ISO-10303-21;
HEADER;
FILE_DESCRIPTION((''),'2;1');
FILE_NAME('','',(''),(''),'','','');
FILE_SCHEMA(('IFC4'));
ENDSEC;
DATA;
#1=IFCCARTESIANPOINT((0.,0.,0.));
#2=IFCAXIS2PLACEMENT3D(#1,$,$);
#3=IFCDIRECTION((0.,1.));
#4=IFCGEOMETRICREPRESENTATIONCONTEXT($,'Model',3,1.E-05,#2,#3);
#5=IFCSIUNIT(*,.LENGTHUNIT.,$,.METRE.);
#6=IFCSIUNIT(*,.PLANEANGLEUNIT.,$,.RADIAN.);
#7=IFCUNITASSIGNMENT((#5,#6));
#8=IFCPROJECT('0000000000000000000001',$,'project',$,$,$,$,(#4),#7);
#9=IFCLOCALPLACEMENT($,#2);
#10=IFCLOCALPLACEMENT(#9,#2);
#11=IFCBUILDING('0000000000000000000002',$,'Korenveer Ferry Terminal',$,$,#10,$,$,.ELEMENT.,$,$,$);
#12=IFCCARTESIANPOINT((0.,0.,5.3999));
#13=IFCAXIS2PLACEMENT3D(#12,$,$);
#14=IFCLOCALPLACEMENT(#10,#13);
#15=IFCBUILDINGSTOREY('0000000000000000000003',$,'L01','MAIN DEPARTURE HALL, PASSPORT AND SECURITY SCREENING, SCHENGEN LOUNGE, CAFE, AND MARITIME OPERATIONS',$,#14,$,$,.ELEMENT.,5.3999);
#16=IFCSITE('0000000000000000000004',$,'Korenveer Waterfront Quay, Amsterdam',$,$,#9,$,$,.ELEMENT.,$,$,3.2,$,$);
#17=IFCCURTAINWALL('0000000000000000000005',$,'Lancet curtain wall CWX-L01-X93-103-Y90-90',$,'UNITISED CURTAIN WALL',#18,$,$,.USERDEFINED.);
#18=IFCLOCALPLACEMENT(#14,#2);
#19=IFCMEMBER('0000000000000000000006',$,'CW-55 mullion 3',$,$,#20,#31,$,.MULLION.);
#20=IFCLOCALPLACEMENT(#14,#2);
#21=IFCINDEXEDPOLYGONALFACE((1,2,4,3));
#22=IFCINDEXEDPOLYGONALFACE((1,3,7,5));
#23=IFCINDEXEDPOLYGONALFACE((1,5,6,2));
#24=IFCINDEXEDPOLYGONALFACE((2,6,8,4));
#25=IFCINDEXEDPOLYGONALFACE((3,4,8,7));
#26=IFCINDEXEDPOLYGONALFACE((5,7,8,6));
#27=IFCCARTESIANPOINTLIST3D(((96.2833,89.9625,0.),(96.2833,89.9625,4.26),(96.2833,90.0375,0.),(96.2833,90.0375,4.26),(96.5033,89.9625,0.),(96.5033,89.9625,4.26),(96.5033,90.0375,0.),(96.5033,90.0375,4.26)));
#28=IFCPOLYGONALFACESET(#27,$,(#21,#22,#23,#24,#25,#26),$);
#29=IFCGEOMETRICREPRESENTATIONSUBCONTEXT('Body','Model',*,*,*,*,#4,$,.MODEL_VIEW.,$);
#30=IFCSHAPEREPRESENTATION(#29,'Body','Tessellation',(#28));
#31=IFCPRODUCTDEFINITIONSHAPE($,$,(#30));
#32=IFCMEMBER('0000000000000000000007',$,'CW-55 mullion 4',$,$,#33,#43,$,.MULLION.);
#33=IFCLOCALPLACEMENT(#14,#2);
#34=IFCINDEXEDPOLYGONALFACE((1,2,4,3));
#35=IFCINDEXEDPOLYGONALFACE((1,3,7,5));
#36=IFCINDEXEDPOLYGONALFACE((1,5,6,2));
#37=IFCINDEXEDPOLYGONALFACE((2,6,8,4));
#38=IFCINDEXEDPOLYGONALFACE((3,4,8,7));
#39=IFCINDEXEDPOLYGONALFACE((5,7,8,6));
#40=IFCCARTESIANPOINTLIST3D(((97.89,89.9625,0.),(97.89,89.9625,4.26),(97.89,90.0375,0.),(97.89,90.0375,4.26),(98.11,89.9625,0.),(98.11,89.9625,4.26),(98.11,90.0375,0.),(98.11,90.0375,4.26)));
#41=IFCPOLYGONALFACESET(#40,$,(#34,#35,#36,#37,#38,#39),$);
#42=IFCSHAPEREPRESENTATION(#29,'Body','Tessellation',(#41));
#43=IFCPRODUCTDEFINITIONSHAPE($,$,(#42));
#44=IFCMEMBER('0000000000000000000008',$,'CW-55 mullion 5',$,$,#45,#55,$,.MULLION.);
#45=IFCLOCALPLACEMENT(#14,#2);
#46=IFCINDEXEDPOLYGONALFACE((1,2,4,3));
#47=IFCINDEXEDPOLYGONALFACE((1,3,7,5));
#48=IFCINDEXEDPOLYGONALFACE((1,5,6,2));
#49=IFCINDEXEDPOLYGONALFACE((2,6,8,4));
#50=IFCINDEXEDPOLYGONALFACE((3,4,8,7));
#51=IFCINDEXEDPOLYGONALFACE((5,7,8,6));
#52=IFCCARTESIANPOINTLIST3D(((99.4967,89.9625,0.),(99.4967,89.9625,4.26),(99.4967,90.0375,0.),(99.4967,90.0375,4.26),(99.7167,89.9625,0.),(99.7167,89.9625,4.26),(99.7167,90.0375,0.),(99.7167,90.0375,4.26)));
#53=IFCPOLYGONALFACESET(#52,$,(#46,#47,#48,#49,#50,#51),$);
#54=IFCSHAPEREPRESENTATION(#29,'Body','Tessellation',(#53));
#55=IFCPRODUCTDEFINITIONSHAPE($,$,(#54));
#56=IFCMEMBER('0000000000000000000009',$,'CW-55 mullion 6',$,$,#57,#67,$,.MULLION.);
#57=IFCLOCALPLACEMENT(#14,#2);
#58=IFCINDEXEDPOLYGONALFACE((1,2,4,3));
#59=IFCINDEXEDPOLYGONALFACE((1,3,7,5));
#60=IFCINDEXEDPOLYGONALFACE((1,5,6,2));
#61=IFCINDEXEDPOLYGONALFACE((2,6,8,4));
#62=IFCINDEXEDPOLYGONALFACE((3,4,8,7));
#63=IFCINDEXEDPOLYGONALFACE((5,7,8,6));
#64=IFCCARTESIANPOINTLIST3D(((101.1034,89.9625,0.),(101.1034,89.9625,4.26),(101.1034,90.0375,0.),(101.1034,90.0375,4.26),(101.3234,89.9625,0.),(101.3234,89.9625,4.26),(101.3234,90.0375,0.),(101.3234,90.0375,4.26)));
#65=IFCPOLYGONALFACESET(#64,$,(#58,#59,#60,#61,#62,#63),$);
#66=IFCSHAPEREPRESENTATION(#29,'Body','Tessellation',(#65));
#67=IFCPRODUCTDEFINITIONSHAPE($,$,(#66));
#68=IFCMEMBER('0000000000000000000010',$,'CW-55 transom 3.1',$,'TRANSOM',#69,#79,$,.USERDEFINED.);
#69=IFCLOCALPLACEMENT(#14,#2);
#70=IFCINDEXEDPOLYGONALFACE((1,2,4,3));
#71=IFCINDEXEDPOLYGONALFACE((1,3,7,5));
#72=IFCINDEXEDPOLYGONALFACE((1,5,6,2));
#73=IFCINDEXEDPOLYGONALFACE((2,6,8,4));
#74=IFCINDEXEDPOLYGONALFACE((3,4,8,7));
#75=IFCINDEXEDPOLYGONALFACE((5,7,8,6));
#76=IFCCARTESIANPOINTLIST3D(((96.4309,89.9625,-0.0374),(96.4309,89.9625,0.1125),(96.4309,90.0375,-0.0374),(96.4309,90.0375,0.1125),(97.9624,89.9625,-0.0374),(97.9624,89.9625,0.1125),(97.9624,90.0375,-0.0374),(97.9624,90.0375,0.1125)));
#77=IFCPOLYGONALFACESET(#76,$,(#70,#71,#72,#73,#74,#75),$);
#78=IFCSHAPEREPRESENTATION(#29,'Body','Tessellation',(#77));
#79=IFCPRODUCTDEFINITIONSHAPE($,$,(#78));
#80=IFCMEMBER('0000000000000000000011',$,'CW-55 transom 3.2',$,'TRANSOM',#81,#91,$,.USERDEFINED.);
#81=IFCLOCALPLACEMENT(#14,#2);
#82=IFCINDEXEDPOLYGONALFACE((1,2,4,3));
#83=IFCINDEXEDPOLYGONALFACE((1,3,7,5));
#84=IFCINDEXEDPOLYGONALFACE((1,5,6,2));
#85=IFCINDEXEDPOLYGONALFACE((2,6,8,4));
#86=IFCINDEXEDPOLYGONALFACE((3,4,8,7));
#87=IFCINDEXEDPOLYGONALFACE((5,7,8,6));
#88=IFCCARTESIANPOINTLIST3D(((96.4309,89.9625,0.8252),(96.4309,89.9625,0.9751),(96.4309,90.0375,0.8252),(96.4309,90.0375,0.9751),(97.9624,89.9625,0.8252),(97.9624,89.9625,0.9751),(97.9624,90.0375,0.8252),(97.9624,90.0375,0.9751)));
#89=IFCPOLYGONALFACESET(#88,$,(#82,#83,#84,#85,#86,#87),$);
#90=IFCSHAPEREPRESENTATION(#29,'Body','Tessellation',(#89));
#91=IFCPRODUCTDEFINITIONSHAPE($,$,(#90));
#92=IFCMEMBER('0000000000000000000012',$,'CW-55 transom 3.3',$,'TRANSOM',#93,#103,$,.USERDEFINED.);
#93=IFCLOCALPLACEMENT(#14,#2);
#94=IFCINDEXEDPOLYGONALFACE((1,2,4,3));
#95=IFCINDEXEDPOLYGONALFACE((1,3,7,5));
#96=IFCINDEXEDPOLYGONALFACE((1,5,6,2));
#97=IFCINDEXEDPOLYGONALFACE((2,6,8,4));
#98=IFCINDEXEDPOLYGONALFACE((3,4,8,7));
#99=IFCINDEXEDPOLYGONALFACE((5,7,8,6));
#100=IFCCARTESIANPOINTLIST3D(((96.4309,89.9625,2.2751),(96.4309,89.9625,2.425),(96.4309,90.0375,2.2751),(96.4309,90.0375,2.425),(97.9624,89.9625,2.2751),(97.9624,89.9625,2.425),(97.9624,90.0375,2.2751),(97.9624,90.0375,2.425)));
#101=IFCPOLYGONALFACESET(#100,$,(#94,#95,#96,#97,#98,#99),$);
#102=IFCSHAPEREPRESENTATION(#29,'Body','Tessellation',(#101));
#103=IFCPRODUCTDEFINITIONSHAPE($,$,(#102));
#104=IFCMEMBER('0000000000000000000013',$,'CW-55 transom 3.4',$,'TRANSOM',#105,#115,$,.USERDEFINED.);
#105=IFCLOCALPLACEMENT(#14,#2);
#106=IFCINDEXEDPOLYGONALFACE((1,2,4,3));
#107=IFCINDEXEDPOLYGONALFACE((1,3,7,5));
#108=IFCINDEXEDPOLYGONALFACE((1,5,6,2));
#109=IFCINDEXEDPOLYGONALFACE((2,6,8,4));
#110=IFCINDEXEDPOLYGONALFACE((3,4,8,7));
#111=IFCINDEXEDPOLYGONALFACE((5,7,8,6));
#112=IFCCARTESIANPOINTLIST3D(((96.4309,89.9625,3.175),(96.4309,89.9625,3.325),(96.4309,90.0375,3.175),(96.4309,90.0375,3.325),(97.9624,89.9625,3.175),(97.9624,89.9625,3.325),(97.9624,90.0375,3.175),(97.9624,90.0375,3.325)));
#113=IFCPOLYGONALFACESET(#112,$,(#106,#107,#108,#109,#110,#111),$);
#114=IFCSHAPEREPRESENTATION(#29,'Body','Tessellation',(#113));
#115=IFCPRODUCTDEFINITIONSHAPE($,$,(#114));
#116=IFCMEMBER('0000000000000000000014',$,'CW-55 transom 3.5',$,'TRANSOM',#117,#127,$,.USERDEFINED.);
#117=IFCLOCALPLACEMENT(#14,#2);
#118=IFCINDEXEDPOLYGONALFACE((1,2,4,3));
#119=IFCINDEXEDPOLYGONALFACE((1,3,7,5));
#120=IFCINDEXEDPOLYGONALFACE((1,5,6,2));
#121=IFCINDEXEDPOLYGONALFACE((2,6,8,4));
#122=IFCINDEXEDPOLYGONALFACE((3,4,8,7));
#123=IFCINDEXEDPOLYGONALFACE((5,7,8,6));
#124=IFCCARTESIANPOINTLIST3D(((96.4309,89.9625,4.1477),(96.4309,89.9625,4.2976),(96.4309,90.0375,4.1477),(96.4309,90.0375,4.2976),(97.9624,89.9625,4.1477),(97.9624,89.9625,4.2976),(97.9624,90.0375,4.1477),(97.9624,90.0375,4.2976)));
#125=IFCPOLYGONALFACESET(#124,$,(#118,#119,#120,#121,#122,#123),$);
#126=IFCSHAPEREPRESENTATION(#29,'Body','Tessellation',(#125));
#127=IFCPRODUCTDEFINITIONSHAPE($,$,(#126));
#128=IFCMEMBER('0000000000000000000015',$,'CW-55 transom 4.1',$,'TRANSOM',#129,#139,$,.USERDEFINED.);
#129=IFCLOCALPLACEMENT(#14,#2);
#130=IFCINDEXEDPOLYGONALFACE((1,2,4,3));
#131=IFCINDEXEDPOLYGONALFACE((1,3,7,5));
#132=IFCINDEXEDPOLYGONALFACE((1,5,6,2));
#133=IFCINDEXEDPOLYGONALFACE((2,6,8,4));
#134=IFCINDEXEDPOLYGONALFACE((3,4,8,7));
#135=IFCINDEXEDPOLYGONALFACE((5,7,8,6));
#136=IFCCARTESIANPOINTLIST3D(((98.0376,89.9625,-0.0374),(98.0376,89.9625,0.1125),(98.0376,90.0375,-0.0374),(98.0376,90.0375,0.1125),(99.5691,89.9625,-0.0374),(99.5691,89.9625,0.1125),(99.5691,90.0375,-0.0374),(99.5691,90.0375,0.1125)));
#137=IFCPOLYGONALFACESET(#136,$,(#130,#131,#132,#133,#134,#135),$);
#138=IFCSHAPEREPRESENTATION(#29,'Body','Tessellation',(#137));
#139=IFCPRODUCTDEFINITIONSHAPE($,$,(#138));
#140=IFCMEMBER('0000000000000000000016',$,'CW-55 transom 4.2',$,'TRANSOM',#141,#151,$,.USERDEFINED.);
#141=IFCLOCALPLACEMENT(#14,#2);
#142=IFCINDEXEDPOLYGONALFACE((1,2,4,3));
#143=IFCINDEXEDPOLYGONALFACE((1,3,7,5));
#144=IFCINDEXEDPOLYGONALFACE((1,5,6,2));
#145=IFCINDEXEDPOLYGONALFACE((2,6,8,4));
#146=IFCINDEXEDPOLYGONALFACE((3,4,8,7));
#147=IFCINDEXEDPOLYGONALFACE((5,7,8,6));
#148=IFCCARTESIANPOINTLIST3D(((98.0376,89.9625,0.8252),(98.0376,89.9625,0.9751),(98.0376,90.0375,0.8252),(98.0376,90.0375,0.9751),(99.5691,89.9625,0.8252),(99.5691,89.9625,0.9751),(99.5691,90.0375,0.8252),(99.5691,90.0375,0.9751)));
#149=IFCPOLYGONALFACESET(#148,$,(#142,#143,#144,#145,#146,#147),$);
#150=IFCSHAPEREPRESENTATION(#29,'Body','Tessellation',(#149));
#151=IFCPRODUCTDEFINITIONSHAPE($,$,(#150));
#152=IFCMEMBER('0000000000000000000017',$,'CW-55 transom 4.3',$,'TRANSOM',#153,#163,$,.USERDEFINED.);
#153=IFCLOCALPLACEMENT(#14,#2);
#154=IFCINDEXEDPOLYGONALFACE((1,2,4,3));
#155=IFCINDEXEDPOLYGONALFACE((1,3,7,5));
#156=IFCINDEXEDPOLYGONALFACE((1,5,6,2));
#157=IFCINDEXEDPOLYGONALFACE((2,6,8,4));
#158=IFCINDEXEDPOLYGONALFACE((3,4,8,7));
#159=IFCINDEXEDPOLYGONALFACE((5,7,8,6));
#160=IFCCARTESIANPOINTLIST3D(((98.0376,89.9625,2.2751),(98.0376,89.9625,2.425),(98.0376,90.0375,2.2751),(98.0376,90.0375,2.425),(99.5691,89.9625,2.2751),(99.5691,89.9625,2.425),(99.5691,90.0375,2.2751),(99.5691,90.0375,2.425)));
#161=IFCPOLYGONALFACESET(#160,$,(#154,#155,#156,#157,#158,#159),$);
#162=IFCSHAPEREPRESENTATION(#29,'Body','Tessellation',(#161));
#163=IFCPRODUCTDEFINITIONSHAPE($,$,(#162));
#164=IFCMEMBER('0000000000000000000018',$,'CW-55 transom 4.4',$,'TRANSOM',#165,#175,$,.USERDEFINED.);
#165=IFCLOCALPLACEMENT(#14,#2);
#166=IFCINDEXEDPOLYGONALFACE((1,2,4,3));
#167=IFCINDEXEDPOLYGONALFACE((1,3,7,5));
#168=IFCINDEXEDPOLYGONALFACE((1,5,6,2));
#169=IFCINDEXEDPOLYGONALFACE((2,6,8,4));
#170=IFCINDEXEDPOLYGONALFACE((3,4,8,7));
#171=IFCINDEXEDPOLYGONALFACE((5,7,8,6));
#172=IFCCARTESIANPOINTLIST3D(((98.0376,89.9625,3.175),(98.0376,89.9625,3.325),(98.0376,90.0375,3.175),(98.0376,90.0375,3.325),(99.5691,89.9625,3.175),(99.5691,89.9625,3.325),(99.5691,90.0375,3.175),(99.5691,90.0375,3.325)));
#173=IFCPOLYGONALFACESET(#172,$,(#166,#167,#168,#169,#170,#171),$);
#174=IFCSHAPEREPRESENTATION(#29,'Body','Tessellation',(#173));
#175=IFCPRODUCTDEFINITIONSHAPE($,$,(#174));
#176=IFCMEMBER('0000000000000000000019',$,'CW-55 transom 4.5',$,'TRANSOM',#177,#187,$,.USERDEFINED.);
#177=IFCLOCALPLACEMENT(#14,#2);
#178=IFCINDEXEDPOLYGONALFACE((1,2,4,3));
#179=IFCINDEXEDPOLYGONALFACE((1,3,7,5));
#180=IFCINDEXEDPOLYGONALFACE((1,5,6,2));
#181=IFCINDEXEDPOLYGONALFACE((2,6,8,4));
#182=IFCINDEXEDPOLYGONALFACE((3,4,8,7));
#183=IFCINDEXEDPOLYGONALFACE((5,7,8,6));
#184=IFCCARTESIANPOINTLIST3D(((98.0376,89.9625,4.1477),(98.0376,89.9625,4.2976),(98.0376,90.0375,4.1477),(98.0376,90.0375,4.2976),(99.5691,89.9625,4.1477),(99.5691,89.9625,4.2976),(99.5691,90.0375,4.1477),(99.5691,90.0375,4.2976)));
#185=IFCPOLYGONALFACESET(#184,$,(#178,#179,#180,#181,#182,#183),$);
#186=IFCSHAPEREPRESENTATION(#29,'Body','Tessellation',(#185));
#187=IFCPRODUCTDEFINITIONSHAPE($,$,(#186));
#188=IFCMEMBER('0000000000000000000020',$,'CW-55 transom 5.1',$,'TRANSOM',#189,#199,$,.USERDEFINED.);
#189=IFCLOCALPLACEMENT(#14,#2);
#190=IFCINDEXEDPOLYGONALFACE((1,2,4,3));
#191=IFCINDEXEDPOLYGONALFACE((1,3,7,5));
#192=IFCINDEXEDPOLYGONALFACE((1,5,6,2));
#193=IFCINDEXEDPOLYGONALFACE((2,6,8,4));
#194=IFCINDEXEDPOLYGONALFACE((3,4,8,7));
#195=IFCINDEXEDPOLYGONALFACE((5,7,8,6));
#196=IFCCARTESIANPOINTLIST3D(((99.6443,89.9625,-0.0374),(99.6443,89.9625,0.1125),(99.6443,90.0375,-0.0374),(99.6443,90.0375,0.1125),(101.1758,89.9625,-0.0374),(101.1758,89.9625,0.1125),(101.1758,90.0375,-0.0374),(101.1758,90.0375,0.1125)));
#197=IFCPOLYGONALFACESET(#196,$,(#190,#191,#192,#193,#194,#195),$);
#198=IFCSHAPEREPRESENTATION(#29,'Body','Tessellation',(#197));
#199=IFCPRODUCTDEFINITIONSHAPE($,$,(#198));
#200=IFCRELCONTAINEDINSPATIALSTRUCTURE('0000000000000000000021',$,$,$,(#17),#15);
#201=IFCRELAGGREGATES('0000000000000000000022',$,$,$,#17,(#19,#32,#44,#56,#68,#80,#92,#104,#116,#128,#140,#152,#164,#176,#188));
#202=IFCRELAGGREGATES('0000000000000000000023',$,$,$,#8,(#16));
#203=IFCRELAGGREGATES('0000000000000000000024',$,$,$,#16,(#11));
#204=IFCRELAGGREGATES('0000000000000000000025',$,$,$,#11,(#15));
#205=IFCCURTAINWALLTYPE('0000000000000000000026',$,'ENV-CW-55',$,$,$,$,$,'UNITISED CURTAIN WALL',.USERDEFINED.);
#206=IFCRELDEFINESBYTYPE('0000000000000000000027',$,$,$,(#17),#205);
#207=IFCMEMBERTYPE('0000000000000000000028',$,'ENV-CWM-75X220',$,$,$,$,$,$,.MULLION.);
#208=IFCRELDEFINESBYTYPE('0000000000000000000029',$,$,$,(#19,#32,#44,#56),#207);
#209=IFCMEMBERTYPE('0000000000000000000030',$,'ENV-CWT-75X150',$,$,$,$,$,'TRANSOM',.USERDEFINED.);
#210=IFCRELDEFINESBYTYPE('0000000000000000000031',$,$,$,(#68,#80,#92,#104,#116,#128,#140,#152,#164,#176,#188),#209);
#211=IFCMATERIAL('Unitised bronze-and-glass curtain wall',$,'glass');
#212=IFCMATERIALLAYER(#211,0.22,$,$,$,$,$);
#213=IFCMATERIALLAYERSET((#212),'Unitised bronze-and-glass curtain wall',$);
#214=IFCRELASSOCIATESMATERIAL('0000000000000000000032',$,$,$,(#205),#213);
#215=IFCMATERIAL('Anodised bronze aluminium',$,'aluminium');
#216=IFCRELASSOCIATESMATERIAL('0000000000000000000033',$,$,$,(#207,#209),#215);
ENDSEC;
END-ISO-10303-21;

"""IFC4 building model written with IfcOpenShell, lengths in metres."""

from ifc_helpers import new_model, si_unit, direction, frame, origin, origin_2d, place, context, subcontext, project, spatial, rectangle, extrude, material, layer, layer_set, material_profile, profile_set, type_object, element, aggregate, save


model = new_model("IFC4")

# Units and contexts
model_context = context("Model", 3, precision=1e-05, world=origin(), true_north=direction((0.0, 1.0)))
body_context = subcontext(model_context, "Body", "Model", "MODEL_VIEW")
ifc_project = project(units=[si_unit("LENGTHUNIT", "METRE"), si_unit("PLANEANGLEUNIT", "RADIAN")], contexts=[model_context])

# Site, building, storey
site_placement = place(None, origin())
site = spatial("IfcSite", under=ifc_project, at=site_placement, Name="Korenveer Waterfront Quay, Amsterdam", CompositionType="ELEMENT", RefElevation=3.2)
building_placement = place(site_placement, origin())
building = spatial("IfcBuilding", under=site, at=building_placement, Name="Korenveer Ferry Terminal", CompositionType="ELEMENT")
storey_placement = place(building_placement, frame((0.0, 0.0, 5.3999)))
storey = spatial("IfcBuildingStorey", under=building, at=storey_placement, Name="L01", Description="MAIN DEPARTURE HALL, PASSPORT AND SECURITY SCREENING, SCHENGEN LOUNGE, CAFE, AND MARITIME OPERATIONS", CompositionType="ELEMENT", Elevation=5.3999)

# Curtain wall, members
ifc_material_1 = material(Name="Unitised bronze-and-glass curtain wall", Category="glass")
ifc_layer_1 = layer(ifc_material_1, 0.22)
ifc_layer_set_1 = layer_set([ifc_layer_1], Name="Unitised bronze-and-glass curtain wall")
curtain_wall_type = type_object("IfcCurtainWallType", Name="ENV-CW-55", ElementType="UNITISED CURTAIN WALL", PredefinedType="USERDEFINED", material=ifc_layer_set_1)
curtain_wall_placement = place(storey_placement, frame((93.1799, 90.0, 0.0)))
curtain_wall = element("IfcCurtainWall", 1, at=curtain_wall_placement, inside=storey, type_object=curtain_wall_type, Name="Lancet curtain wall CWX-L01-X93-103-Y90-90", ObjectType="UNITISED CURTAIN WALL", PredefinedType="USERDEFINED")
ifc_material_2 = material(Name="Anodised bronze aluminium", Category="aluminium")
ifc_material_profile_1 = material_profile(ifc_material_2, rectangle(XDim=0.075, YDim=0.22, at=origin_2d()), Name="ALU 75x220")
ifc_profile_set_1 = profile_set([ifc_material_profile_1], Name="Anodised bronze aluminium")
member_type_1 = type_object("IfcMemberType", Name="ENV-CWM-75X220", PredefinedType="MULLION", material=ifc_profile_set_1)
member_1_placement = place(storey_placement, frame((96.3933, 90.0, 0.0), z_axis=(0.0, 0.0, 1.0), x_axis=(0.0, 1.0, 0.0)))
member_1 = element("IfcMember", 2, at=member_1_placement, type_object=member_type_1, Name="CW-55 mullion 3", PredefinedType="MULLION", context=body_context, shape_type="SweptSolid", body=[
    extrude(rectangle(XDim=0.075, YDim=0.22, at=origin_2d()), origin(), (0.0, 0.0, 1.0), 4.26),
])
member_2_placement = place(storey_placement, frame((98.0, 90.0, 0.0), z_axis=(0.0, 0.0, 1.0), x_axis=(0.0, 1.0, 0.0)))
member_2 = element("IfcMember", 3, at=member_2_placement, type_object=member_type_1, Name="CW-55 mullion 4", PredefinedType="MULLION", context=body_context, shape_type="SweptSolid", body=[
    extrude(rectangle(XDim=0.075, YDim=0.22, at=origin_2d()), origin(), (0.0, 0.0, 1.0), 4.26),
])
member_3_placement = place(storey_placement, frame((99.6067, 90.0, 0.0), z_axis=(0.0, 0.0, 1.0), x_axis=(0.0, 1.0, 0.0)))
member_3 = element("IfcMember", 4, at=member_3_placement, type_object=member_type_1, Name="CW-55 mullion 5", PredefinedType="MULLION", context=body_context, shape_type="SweptSolid", body=[
    extrude(rectangle(XDim=0.075, YDim=0.22, at=origin_2d()), origin(), (0.0, 0.0, 1.0), 4.26),
])
member_4_placement = place(storey_placement, frame((101.2134, 90.0, 0.0), z_axis=(0.0, 0.0, 1.0), x_axis=(0.0, 1.0, 0.0)))
member_4 = element("IfcMember", 5, at=member_4_placement, type_object=member_type_1, Name="CW-55 mullion 6", PredefinedType="MULLION", context=body_context, shape_type="SweptSolid", body=[
    extrude(rectangle(XDim=0.075, YDim=0.22, at=origin_2d()), origin(), (0.0, 0.0, 1.0), 4.26),
])
ifc_material_profile_2 = material_profile(ifc_material_2, rectangle(XDim=0.075, YDim=0.1499, at=origin_2d()), Name="ALU 75x150")
ifc_profile_set_2 = profile_set([ifc_material_profile_2], Name="Anodised bronze aluminium")
member_type_2 = type_object("IfcMemberType", Name="ENV-CWT-75X150", ElementType="TRANSOM", PredefinedType="USERDEFINED", material=ifc_profile_set_2)
member_5_placement = place(storey_placement, frame((96.4309, 90.0, 0.0376), z_axis=(1.0, 0.0, 0.0), x_axis=(0.0, 1.0, 0.0)))
member_5 = element("IfcMember", 6, at=member_5_placement, type_object=member_type_2, Name="CW-55 transom 3.1", ObjectType="TRANSOM", PredefinedType="USERDEFINED", context=body_context, shape_type="SweptSolid", body=[
    extrude(rectangle(XDim=0.075, YDim=0.1499, at=origin_2d()), origin(), (0.0, 0.0, 1.0), 1.5315),
])
member_6_placement = place(storey_placement, frame((96.4309, 90.0, 0.9001), z_axis=(1.0, 0.0, 0.0), x_axis=(0.0, 1.0, 0.0)))
member_6 = element("IfcMember", 7, at=member_6_placement, type_object=member_type_2, Name="CW-55 transom 3.2", ObjectType="TRANSOM", PredefinedType="USERDEFINED", context=body_context, shape_type="SweptSolid", body=[
    extrude(rectangle(XDim=0.075, YDim=0.1499, at=origin_2d()), origin(), (0.0, 0.0, 1.0), 1.5315),
])
member_7_placement = place(storey_placement, frame((96.4309, 90.0, 2.3501), z_axis=(1.0, 0.0, 0.0), x_axis=(0.0, 1.0, 0.0)))
member_7 = element("IfcMember", 8, at=member_7_placement, type_object=member_type_2, Name="CW-55 transom 3.3", ObjectType="TRANSOM", PredefinedType="USERDEFINED", context=body_context, shape_type="SweptSolid", body=[
    extrude(rectangle(XDim=0.075, YDim=0.1499, at=origin_2d()), origin(), (0.0, 0.0, 1.0), 1.5315),
])
member_8_placement = place(storey_placement, frame((96.4309, 90.0, 3.25), z_axis=(1.0, 0.0, 0.0), x_axis=(0.0, 1.0, 0.0)))
member_8 = element("IfcMember", 9, at=member_8_placement, type_object=member_type_2, Name="CW-55 transom 3.4", ObjectType="TRANSOM", PredefinedType="USERDEFINED", context=body_context, shape_type="SweptSolid", body=[
    extrude(rectangle(XDim=0.075, YDim=0.1499, at=origin_2d()), origin(), (0.0, 0.0, 1.0), 1.5315),
])
member_9_placement = place(storey_placement, frame((96.4309, 90.0, 4.2227), z_axis=(1.0, 0.0, 0.0), x_axis=(0.0, 1.0, 0.0)))
member_9 = element("IfcMember", 10, at=member_9_placement, type_object=member_type_2, Name="CW-55 transom 3.5", ObjectType="TRANSOM", PredefinedType="USERDEFINED", context=body_context, shape_type="SweptSolid", body=[
    extrude(rectangle(XDim=0.075, YDim=0.1499, at=origin_2d()), origin(), (0.0, 0.0, 1.0), 1.5315),
])
member_10_placement = place(storey_placement, frame((98.0376, 90.0, 0.0376), z_axis=(1.0, 0.0, 0.0), x_axis=(0.0, 1.0, 0.0)))
member_10 = element("IfcMember", 11, at=member_10_placement, type_object=member_type_2, Name="CW-55 transom 4.1", ObjectType="TRANSOM", PredefinedType="USERDEFINED", context=body_context, shape_type="SweptSolid", body=[
    extrude(rectangle(XDim=0.075, YDim=0.1499, at=origin_2d()), origin(), (0.0, 0.0, 1.0), 1.5315),
])
member_11_placement = place(storey_placement, frame((98.0376, 90.0, 0.9001), z_axis=(1.0, 0.0, 0.0), x_axis=(0.0, 1.0, 0.0)))
member_11 = element("IfcMember", 12, at=member_11_placement, type_object=member_type_2, Name="CW-55 transom 4.2", ObjectType="TRANSOM", PredefinedType="USERDEFINED", context=body_context, shape_type="SweptSolid", body=[
    extrude(rectangle(XDim=0.075, YDim=0.1499, at=origin_2d()), origin(), (0.0, 0.0, 1.0), 1.5315),
])
member_12_placement = place(storey_placement, frame((98.0376, 90.0, 2.3501), z_axis=(1.0, 0.0, 0.0), x_axis=(0.0, 1.0, 0.0)))
member_12 = element("IfcMember", 13, at=member_12_placement, type_object=member_type_2, Name="CW-55 transom 4.3", ObjectType="TRANSOM", PredefinedType="USERDEFINED", context=body_context, shape_type="SweptSolid", body=[
    extrude(rectangle(XDim=0.075, YDim=0.1499, at=origin_2d()), origin(), (0.0, 0.0, 1.0), 1.5315),
])
member_13_placement = place(storey_placement, frame((98.0376, 90.0, 3.25), z_axis=(1.0, 0.0, 0.0), x_axis=(0.0, 1.0, 0.0)))
member_13 = element("IfcMember", 14, at=member_13_placement, type_object=member_type_2, Name="CW-55 transom 4.4", ObjectType="TRANSOM", PredefinedType="USERDEFINED", context=body_context, shape_type="SweptSolid", body=[
    extrude(rectangle(XDim=0.075, YDim=0.1499, at=origin_2d()), origin(), (0.0, 0.0, 1.0), 1.5315),
])
member_14_placement = place(storey_placement, frame((98.0376, 90.0, 4.2227), z_axis=(1.0, 0.0, 0.0), x_axis=(0.0, 1.0, 0.0)))
member_14 = element("IfcMember", 15, at=member_14_placement, type_object=member_type_2, Name="CW-55 transom 4.5", ObjectType="TRANSOM", PredefinedType="USERDEFINED", context=body_context, shape_type="SweptSolid", body=[
    extrude(rectangle(XDim=0.075, YDim=0.1499, at=origin_2d()), origin(), (0.0, 0.0, 1.0), 1.5315),
])
member_15_placement = place(storey_placement, frame((99.6443, 90.0, 0.0376), z_axis=(1.0, 0.0, 0.0), x_axis=(0.0, 1.0, 0.0)))
member_15 = element("IfcMember", 16, at=member_15_placement, type_object=member_type_2, Name="CW-55 transom 5.1", ObjectType="TRANSOM", PredefinedType="USERDEFINED", context=body_context, shape_type="SweptSolid", body=[
    extrude(rectangle(XDim=0.075, YDim=0.1499, at=origin_2d()), origin(), (0.0, 0.0, 1.0), 1.5315),
])
aggregate(curtain_wall, [member_1, member_2, member_3, member_4, member_5, member_6, member_7, member_8, member_9, member_10, member_11, member_12, member_13, member_14, member_15])

save(model, "model.ifc")
